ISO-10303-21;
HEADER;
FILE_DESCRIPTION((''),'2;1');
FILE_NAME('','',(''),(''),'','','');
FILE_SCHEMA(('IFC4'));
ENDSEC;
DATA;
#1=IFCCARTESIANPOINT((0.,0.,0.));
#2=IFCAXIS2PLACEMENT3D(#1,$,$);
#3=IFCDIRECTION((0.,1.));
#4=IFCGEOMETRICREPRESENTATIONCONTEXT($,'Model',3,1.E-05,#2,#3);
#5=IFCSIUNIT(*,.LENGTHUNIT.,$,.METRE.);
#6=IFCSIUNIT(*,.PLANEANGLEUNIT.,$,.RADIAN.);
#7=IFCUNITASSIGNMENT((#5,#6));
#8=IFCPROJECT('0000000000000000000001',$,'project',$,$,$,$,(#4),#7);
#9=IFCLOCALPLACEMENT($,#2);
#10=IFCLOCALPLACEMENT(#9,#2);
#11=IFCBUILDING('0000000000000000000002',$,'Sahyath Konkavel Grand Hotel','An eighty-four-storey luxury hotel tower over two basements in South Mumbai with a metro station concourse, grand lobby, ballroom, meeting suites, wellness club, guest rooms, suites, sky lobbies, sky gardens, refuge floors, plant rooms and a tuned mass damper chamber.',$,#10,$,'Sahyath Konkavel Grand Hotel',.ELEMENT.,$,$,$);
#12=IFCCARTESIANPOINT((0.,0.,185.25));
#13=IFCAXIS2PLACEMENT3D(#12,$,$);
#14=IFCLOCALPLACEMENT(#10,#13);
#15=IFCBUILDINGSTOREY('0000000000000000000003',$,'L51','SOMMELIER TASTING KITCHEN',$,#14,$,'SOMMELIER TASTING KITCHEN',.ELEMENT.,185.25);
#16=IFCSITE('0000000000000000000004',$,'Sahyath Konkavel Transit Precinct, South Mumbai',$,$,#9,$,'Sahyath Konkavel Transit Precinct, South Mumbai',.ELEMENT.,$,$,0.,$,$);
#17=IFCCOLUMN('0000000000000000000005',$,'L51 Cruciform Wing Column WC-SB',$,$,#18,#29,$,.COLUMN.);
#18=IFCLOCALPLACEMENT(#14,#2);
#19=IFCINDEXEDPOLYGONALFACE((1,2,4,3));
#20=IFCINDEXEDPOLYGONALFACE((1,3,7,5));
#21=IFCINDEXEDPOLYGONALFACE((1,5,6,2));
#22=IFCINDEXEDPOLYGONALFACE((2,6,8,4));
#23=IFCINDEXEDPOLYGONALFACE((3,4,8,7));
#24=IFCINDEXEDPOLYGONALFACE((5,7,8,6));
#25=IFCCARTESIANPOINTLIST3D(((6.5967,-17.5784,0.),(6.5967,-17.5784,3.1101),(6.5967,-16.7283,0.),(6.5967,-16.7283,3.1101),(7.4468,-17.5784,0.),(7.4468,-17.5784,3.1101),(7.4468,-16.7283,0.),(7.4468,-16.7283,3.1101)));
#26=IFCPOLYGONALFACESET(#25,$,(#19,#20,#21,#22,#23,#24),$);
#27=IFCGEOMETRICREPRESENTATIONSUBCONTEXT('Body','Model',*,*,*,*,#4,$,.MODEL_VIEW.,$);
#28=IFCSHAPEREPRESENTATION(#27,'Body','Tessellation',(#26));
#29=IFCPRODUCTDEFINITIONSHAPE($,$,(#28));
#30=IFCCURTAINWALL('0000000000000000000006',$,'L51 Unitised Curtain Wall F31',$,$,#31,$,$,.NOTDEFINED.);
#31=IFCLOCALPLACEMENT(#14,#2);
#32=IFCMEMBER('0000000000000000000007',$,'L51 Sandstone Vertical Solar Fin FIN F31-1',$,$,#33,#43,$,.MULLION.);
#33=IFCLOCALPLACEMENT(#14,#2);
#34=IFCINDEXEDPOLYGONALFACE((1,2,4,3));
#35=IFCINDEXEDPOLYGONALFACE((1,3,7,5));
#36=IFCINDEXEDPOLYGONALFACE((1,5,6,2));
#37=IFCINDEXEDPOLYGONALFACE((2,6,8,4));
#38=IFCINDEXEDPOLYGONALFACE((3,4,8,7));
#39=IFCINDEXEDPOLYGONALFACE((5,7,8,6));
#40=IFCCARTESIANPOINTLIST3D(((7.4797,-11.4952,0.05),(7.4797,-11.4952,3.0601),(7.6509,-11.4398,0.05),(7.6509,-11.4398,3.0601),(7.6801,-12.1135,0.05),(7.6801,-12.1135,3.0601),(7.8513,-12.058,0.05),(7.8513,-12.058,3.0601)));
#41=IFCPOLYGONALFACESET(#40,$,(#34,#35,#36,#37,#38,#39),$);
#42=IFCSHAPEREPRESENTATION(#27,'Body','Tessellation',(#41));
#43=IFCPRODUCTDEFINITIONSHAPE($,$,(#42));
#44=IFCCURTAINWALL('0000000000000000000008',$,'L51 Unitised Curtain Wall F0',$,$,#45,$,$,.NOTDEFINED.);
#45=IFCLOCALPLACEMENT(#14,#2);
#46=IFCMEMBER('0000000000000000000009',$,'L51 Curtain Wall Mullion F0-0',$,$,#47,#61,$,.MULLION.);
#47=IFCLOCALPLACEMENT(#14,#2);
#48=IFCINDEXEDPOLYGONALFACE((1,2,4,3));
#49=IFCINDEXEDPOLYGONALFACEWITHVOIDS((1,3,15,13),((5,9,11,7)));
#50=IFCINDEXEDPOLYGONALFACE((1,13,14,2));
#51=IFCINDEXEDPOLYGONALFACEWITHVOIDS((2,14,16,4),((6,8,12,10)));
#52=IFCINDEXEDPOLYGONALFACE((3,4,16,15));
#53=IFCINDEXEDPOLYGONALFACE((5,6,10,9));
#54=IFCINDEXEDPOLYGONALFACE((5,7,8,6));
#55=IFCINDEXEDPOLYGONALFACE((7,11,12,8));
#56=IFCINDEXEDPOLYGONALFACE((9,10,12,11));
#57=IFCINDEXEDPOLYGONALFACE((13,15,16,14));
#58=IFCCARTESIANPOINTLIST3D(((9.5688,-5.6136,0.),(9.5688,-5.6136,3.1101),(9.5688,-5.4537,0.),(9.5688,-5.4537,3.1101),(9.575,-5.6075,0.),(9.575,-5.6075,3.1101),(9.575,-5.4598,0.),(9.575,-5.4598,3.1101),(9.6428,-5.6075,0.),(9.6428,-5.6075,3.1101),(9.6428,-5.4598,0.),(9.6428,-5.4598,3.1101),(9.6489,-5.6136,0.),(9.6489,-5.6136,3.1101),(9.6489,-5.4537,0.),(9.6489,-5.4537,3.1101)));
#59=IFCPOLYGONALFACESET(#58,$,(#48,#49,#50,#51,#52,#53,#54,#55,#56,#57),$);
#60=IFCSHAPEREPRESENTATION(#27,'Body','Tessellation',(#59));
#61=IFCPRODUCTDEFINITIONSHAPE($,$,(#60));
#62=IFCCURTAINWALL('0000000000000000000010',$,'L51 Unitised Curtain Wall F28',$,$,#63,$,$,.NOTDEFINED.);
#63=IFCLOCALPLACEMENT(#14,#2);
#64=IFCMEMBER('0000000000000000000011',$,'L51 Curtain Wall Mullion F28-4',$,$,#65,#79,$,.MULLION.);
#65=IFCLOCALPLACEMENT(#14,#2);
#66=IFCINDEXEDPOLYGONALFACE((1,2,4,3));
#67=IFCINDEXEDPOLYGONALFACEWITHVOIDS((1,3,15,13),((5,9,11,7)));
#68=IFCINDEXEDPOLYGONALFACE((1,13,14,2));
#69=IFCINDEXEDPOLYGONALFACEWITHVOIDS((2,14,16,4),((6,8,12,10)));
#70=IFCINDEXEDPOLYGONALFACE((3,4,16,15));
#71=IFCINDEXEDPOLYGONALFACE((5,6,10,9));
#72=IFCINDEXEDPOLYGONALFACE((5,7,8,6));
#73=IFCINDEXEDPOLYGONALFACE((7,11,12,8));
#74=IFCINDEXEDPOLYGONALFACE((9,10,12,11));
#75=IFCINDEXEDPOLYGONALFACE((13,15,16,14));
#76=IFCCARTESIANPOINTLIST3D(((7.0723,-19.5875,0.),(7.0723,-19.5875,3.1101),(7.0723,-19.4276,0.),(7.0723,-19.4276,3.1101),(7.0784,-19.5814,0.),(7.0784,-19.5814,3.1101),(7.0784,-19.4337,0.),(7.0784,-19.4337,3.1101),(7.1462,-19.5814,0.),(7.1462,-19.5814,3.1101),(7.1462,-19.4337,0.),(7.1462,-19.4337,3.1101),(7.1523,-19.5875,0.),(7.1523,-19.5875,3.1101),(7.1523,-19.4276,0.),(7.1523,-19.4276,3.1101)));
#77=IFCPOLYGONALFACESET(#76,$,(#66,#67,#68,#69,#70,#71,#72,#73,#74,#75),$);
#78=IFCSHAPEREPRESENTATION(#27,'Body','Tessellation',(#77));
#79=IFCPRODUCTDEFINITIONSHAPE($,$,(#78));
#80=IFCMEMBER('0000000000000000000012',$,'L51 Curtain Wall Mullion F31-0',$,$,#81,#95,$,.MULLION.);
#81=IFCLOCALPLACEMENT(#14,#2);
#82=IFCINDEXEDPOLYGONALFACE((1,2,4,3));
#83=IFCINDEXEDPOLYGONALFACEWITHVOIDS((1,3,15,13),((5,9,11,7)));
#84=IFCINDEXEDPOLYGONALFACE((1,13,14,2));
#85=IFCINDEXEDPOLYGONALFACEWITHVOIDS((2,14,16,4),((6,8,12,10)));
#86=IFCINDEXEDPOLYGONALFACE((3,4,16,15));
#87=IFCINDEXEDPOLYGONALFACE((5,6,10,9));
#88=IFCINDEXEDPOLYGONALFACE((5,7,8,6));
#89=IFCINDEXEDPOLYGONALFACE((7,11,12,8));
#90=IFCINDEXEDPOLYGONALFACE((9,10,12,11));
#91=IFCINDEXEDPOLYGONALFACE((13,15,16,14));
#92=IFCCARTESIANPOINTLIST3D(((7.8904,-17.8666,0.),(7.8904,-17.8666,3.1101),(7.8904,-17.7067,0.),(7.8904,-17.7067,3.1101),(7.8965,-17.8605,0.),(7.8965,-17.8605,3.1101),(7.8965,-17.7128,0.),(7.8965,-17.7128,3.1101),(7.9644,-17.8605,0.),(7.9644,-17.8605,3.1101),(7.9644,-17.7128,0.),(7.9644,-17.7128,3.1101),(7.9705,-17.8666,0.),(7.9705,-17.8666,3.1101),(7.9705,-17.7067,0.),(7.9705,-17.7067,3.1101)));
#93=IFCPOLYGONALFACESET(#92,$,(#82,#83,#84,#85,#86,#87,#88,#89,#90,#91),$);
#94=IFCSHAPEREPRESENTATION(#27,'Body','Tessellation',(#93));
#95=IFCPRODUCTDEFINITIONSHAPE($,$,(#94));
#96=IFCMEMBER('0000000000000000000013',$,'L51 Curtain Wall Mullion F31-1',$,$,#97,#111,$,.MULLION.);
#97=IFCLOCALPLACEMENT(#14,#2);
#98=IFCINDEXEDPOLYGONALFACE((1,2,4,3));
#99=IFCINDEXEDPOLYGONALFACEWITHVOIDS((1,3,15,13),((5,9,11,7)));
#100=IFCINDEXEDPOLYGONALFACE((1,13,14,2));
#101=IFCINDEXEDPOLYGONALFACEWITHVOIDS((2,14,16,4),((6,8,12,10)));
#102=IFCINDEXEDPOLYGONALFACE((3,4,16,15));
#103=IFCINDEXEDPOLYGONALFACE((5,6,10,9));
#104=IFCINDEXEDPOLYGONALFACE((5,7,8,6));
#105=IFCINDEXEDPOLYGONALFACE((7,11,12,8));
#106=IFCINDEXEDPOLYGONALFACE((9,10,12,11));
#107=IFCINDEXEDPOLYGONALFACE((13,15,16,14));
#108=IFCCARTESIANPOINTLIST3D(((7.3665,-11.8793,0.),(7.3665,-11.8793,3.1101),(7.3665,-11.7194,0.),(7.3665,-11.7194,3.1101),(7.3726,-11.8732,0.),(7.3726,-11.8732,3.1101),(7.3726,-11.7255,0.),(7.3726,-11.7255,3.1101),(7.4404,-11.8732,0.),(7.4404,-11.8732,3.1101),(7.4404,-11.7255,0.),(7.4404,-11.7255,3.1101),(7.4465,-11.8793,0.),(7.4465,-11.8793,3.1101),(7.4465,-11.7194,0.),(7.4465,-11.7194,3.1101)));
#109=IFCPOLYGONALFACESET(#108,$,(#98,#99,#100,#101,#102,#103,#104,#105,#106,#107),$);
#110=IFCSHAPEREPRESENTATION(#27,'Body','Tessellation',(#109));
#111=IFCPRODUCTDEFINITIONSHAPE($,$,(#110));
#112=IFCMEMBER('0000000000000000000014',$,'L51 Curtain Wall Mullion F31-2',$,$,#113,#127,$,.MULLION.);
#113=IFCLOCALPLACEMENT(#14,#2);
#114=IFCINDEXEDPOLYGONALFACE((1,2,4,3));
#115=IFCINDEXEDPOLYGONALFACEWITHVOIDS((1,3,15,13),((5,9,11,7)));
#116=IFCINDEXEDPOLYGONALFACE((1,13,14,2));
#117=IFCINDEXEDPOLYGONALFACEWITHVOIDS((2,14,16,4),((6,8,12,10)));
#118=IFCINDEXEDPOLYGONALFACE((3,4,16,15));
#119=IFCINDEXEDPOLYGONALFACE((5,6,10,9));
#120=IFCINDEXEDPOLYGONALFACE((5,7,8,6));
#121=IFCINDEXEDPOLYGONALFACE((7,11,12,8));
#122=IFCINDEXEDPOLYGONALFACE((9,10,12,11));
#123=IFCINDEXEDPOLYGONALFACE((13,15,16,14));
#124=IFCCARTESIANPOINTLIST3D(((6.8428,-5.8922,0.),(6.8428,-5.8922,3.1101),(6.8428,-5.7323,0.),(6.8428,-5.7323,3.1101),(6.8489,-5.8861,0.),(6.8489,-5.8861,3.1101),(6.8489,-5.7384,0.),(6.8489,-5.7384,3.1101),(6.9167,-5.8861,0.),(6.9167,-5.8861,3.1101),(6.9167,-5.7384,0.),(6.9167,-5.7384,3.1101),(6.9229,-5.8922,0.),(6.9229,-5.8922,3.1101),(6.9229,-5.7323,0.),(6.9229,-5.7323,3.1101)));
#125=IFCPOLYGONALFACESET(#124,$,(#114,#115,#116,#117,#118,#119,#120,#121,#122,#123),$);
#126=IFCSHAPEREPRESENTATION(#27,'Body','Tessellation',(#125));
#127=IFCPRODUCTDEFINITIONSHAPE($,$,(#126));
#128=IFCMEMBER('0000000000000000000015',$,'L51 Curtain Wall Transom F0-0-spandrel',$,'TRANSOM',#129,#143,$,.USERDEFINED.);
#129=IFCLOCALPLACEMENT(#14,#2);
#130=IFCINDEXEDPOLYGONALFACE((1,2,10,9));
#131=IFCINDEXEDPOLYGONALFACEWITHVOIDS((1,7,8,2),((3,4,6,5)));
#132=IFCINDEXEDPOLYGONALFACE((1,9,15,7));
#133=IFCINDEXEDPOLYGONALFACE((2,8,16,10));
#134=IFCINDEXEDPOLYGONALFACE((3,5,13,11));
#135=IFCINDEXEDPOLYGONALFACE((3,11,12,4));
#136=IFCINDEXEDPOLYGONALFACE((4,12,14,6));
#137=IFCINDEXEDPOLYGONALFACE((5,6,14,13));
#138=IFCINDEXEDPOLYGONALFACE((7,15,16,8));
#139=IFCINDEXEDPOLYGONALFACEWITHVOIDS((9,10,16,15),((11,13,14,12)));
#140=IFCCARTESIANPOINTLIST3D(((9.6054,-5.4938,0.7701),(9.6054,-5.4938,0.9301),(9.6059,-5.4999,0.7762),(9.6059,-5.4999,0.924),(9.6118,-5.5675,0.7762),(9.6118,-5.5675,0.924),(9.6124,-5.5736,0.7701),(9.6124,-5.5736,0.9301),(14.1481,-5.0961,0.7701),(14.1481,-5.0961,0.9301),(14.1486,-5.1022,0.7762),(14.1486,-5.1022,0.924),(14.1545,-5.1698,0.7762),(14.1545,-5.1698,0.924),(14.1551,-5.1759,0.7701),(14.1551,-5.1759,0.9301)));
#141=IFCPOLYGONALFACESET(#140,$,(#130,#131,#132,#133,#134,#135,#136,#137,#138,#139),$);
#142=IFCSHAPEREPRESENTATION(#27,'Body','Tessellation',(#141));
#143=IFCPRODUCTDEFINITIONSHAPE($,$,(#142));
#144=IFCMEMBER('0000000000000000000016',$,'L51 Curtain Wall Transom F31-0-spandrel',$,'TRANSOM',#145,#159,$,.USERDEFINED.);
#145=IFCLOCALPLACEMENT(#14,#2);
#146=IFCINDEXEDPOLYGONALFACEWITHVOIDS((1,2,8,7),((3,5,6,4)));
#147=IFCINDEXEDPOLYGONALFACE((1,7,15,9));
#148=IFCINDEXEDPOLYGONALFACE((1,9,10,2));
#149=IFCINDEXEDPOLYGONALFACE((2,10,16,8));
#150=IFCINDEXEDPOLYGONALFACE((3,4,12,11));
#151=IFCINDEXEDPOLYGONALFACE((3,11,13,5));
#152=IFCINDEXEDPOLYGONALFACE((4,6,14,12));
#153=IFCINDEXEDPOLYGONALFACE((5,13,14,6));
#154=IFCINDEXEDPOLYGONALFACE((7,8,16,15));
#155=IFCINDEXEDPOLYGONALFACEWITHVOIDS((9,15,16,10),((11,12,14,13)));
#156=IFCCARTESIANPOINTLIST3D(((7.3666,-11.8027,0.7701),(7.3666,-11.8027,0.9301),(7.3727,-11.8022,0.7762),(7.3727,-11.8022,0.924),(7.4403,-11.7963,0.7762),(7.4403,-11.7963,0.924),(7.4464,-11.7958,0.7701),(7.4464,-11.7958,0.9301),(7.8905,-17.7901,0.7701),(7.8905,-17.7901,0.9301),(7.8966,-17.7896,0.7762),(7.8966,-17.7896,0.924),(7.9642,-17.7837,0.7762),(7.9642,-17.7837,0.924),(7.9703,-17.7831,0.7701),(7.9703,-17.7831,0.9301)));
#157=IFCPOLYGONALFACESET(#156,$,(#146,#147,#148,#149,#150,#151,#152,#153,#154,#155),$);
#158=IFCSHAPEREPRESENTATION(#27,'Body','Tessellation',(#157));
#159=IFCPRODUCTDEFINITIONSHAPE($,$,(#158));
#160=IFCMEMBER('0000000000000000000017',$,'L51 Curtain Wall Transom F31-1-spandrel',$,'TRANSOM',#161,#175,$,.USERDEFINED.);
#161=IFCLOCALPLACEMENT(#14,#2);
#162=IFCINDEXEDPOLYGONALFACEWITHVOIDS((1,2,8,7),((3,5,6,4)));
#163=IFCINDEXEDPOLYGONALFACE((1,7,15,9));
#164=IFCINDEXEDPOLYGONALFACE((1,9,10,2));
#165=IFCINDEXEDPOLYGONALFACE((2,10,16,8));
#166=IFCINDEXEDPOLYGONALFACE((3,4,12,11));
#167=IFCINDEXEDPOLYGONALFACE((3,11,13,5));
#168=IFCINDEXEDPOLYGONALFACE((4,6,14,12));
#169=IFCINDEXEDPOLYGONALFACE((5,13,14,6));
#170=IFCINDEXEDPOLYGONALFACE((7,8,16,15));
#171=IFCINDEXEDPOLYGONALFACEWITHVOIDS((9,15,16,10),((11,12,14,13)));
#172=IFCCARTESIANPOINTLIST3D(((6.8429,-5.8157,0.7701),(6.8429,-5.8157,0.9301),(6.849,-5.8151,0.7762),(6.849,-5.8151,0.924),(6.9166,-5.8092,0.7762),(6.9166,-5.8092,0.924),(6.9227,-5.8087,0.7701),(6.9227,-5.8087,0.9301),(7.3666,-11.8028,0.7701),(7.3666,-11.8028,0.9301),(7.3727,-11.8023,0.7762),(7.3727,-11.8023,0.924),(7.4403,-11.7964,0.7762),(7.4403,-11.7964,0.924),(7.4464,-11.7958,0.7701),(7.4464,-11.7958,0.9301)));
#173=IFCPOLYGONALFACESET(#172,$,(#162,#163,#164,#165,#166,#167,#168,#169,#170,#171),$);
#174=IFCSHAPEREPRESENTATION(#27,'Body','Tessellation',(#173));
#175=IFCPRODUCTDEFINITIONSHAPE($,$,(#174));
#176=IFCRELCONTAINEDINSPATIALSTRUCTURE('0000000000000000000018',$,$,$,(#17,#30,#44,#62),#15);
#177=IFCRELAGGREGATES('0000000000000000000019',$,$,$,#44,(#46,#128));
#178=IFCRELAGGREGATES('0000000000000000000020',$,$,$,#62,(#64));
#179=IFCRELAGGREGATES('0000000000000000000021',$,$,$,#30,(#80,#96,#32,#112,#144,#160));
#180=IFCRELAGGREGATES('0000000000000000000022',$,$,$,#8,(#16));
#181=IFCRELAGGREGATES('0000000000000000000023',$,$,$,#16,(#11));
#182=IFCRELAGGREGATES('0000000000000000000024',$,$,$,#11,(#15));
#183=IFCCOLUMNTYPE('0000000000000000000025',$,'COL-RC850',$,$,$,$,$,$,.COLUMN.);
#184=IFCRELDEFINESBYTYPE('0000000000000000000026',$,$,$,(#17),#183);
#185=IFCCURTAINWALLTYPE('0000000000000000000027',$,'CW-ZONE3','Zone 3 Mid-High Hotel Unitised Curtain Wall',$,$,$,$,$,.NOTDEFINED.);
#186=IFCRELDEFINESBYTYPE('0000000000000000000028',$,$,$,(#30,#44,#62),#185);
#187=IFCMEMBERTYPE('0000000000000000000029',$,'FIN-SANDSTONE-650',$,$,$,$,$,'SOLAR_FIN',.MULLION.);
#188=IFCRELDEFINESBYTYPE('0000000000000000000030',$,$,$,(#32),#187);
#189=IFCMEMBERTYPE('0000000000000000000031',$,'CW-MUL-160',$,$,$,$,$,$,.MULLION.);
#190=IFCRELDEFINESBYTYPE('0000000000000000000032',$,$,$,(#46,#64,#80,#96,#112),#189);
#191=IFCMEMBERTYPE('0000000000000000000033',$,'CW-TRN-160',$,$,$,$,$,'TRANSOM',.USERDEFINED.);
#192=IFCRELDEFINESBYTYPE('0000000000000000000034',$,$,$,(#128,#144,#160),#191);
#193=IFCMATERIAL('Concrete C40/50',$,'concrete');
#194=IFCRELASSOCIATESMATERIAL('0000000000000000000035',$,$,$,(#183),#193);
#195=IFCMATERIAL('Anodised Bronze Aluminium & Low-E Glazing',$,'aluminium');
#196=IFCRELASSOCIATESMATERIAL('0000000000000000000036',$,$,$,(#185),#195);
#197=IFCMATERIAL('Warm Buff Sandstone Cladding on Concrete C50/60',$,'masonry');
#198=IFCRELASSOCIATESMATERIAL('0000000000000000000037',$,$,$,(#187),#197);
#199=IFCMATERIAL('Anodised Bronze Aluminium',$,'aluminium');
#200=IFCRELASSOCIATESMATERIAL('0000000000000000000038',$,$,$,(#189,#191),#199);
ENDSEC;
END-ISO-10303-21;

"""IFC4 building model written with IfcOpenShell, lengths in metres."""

from ifc_helpers import new_model, si_unit, direction, frame, origin, origin_2d, place, context, subcontext, project, spatial, rectangle, hollow_rectangle, extrude, source, transform, mapped, material, material_profile, profile_set, type_object, element, aggregate, save


model = new_model("IFC4")

# Units and contexts
model_context = context("Model", 3, precision=1e-05, world=origin(), true_north=direction((0.0, 1.0)))
body_context = subcontext(model_context, "Body", "Model", "MODEL_VIEW")
ifc_project = project(units=[si_unit("LENGTHUNIT", "METRE"), si_unit("PLANEANGLEUNIT", "RADIAN")], contexts=[model_context])

# Site, building, storey
site_placement = place(None, origin())
site = spatial("IfcSite", under=ifc_project, at=site_placement, Name="Sahyath Konkavel Transit Precinct, South Mumbai", LongName="Sahyath Konkavel Transit Precinct, South Mumbai", CompositionType="ELEMENT", RefElevation=0.0)
building_placement = place(site_placement, origin())
building = spatial("IfcBuilding", under=site, at=building_placement, Name="Sahyath Konkavel Grand Hotel", Description="An eighty-four-storey luxury hotel tower over two basements in South Mumbai with a metro station concourse, grand lobby, ballroom, meeting suites, wellness club, guest rooms, suites, sky lobbies, sky gardens, refuge floors, plant rooms and a tuned mass damper chamber.", LongName="Sahyath Konkavel Grand Hotel", CompositionType="ELEMENT")
storey_placement = place(building_placement, frame((0.0, 0.0, 185.25)))
storey = spatial("IfcBuildingStorey", under=building, at=storey_placement, Name="L51", Description="SOMMELIER TASTING KITCHEN", LongName="SOMMELIER TASTING KITCHEN", CompositionType="ELEMENT", Elevation=185.25)

# Column
ifc_material_1 = material(Name="Concrete C40/50", Category="concrete")
ifc_material_profile_1 = material_profile(ifc_material_1, rectangle(XDim=0.8501, YDim=0.8501, at=origin_2d()), Name="RC 850x850")
ifc_profile_set_1 = profile_set([ifc_material_profile_1], Name="Concrete C40/50")
column_type = type_object("IfcColumnType", Name="COL-RC850", PredefinedType="COLUMN", material=ifc_profile_set_1)
shared_shape_1 = source(origin(), body_context, "Body", "SweptSolid", [
    extrude(rectangle(XDim=0.8501, YDim=0.8501, at=origin_2d()), origin(), (0.0, 0.0, 1.0), 3.1101),
])
column_placement = place(storey_placement, frame((7.0217, -17.1533, 0.0), z_axis=(0.0, 0.0, 1.0), x_axis=(1.0, 0.0, 0.0)))
element("IfcColumn", 1, at=column_placement, inside=storey, type_object=column_type, Name="L51 Cruciform Wing Column WC-SB", PredefinedType="COLUMN", context=body_context, shape_type="MappedRepresentation", body=[
    mapped(shared_shape_1, transform((0.0, 0.0, 0.0), scale=1.0)),
])

# Curtain walls, members
ifc_material_2 = material(Name="Anodised Bronze Aluminium & Low-E Glazing", Category="aluminium")
curtain_wall_type = type_object("IfcCurtainWallType", Name="CW-ZONE3", Description="Zone 3 Mid-High Hotel Unitised Curtain Wall", PredefinedType="NOTDEFINED", material=ifc_material_2)
curtain_wall_1_placement = place(storey_placement, origin())
curtain_wall_1 = element("IfcCurtainWall", 2, at=curtain_wall_1_placement, inside=storey, type_object=curtain_wall_type, Name="L51 Unitised Curtain Wall F31", PredefinedType="NOTDEFINED")
ifc_material_3 = material(Name="Warm Buff Sandstone Cladding on Concrete C50/60", Category="masonry")
ifc_material_profile_2 = material_profile(ifc_material_3, rectangle(XDim=0.1799, YDim=0.6499, at=origin_2d()), Name="FIN 180x650")
ifc_profile_set_2 = profile_set([ifc_material_profile_2], Name="Warm Buff Sandstone Cladding on Concrete C50/60")
member_type_1 = type_object("IfcMemberType", Name="FIN-SANDSTONE-650", ElementType="SOLAR_FIN", PredefinedType="MULLION", material=ifc_profile_set_2)
shared_shape_2 = source(origin(), body_context, "Body", "SweptSolid", [
    extrude(rectangle(XDim=0.1799, YDim=0.6499, at=origin_2d()), origin(), (0.0, 0.0, 1.0), 3.01),
])
member_1_placement = place(storey_placement, frame((7.6655, -11.7766, 0.05), z_axis=(0.0, 0.0, 1.0), x_axis=(0.951272, 0.308353, 0.0)))
member_1 = element("IfcMember", 3, at=member_1_placement, type_object=member_type_1, Name="L51 Sandstone Vertical Solar Fin FIN F31-1", PredefinedType="MULLION", context=body_context, shape_type="MappedRepresentation", body=[
    mapped(shared_shape_2, transform((0.0, 0.0, 0.0), scale=1.0)),
])
curtain_wall_2_placement = place(storey_placement, origin())
curtain_wall_2 = element("IfcCurtainWall", 4, at=curtain_wall_2_placement, inside=storey, type_object=curtain_wall_type, Name="L51 Unitised Curtain Wall F0", PredefinedType="NOTDEFINED")
ifc_material_4 = material(Name="Anodised Bronze Aluminium", Category="aluminium")
ifc_material_profile_3 = material_profile(ifc_material_4, hollow_rectangle(XDim=0.0801, YDim=0.1599, WallThickness=0.0061, at=origin_2d()), Name="RHS 160x80x6")
ifc_profile_set_3 = profile_set([ifc_material_profile_3], Name="Anodised Bronze Aluminium")
member_type_2 = type_object("IfcMemberType", Name="CW-MUL-160", PredefinedType="MULLION", material=ifc_profile_set_3)
shared_shape_3 = source(origin(), body_context, "Body", "SweptSolid", [
    extrude(hollow_rectangle(XDim=0.0801, YDim=0.1599, WallThickness=0.0061, at=origin_2d()), origin(), (0.0, 0.0, 1.0), 3.1101),
])
member_2_placement = place(storey_placement, frame((9.6089, -5.5337, 0.0), z_axis=(0.0, 0.0, 1.0), x_axis=(1.0, 0.0, 0.0)))
member_2 = element("IfcMember", 5, at=member_2_placement, type_object=member_type_2, Name="L51 Curtain Wall Mullion F0-0", PredefinedType="MULLION", context=body_context, shape_type="MappedRepresentation", body=[
    mapped(shared_shape_3, transform((0.0, 0.0, 0.0), scale=1.0)),
])
curtain_wall_3_placement = place(storey_placement, origin())
curtain_wall_3 = element("IfcCurtainWall", 6, at=curtain_wall_3_placement, inside=storey, type_object=curtain_wall_type, Name="L51 Unitised Curtain Wall F28", PredefinedType="NOTDEFINED")
member_3_placement = place(storey_placement, frame((7.1123, -19.5076, 0.0), z_axis=(0.0, 0.0, 1.0), x_axis=(1.0, 0.0, 0.0)))
member_3 = element("IfcMember", 7, at=member_3_placement, type_object=member_type_2, Name="L51 Curtain Wall Mullion F28-4", PredefinedType="MULLION", context=body_context, shape_type="MappedRepresentation", body=[
    mapped(shared_shape_3, transform((0.0, 0.0, 0.0), scale=1.0)),
])

# Members
member_4_placement = place(storey_placement, frame((7.9304, -17.7866, 0.0), z_axis=(0.0, 0.0, 1.0), x_axis=(1.0, 0.0, 0.0)))
member_4 = element("IfcMember", 8, at=member_4_placement, type_object=member_type_2, Name="L51 Curtain Wall Mullion F31-0", PredefinedType="MULLION", context=body_context, shape_type="MappedRepresentation", body=[
    mapped(shared_shape_3, transform((0.0, 0.0, 0.0), scale=1.0)),
])
member_5_placement = place(storey_placement, frame((7.4065, -11.7993, 0.0), z_axis=(0.0, 0.0, 1.0), x_axis=(1.0, 0.0, 0.0)))
member_5 = element("IfcMember", 9, at=member_5_placement, type_object=member_type_2, Name="L51 Curtain Wall Mullion F31-1", PredefinedType="MULLION", context=body_context, shape_type="MappedRepresentation", body=[
    mapped(shared_shape_3, transform((0.0, 0.0, 0.0), scale=1.0)),
])
member_6_placement = place(storey_placement, frame((6.8828, -5.8123, 0.0), z_axis=(0.0, 0.0, 1.0), x_axis=(1.0, 0.0, 0.0)))
member_6 = element("IfcMember", 10, at=member_6_placement, type_object=member_type_2, Name="L51 Curtain Wall Mullion F31-2", PredefinedType="MULLION", context=body_context, shape_type="MappedRepresentation", body=[
    mapped(shared_shape_3, transform((0.0, 0.0, 0.0), scale=1.0)),
])
ifc_material_profile_4 = material_profile(ifc_material_4, hollow_rectangle(XDim=0.0801, YDim=0.1599, WallThickness=0.0061, at=origin_2d()), Name="RHS 160x80x6")
ifc_profile_set_4 = profile_set([ifc_material_profile_4], Name="Anodised Bronze Aluminium")
member_type_3 = type_object("IfcMemberType", Name="CW-TRN-160", ElementType="TRANSOM", PredefinedType="USERDEFINED", material=ifc_profile_set_4)
shared_shape_4 = source(origin(), body_context, "Body", "SweptSolid", [
    extrude(hollow_rectangle(XDim=0.0801, YDim=0.1599, WallThickness=0.0061, at=origin_2d()), origin(), (0.0, 0.0, 1.0), 4.5601),
])
member_7_placement = place(storey_placement, frame((9.6089, -5.5337, 0.8501), z_axis=(0.99619, 0.087214, 0.0), x_axis=(-0.087214, 0.99619, 0.0)))
member_7 = element("IfcMember", 11, at=member_7_placement, type_object=member_type_3, Name="L51 Curtain Wall Transom F0-0-spandrel", ObjectType="TRANSOM", PredefinedType="USERDEFINED", context=body_context, shape_type="MappedRepresentation", body=[
    mapped(shared_shape_4, transform((0.0, 0.0, 0.0), scale=1.0)),
])
aggregate(curtain_wall_2, [member_2, member_7])
shared_shape_5 = source(origin(), body_context, "Body", "SweptSolid", [
    extrude(hollow_rectangle(XDim=0.0801, YDim=0.1599, WallThickness=0.0061, at=origin_2d()), origin(), (0.0, 0.0, 1.0), 6.0103),
])
member_8_placement = place(storey_placement, frame((7.9304, -17.7866, 0.8501), z_axis=(-0.087173, 0.996193, 0.0), x_axis=(-0.996193, -0.087173, 0.0)))
member_8 = element("IfcMember", 12, at=member_8_placement, type_object=member_type_3, Name="L51 Curtain Wall Transom F31-0-spandrel", ObjectType="TRANSOM", PredefinedType="USERDEFINED", context=body_context, shape_type="MappedRepresentation", body=[
    mapped(shared_shape_5, transform((0.0, 0.0, 0.0), scale=1.0)),
])
shared_shape_6 = source(origin(), body_context, "Body", "SweptSolid", [
    extrude(hollow_rectangle(XDim=0.0801, YDim=0.1599, WallThickness=0.0061, at=origin_2d()), origin(), (0.0, 0.0, 1.0), 6.01),
])
member_9_placement = place(storey_placement, frame((7.4065, -11.7993, 0.8501), z_axis=(-0.087136, 0.996196, 0.0), x_axis=(-0.996196, -0.087136, 0.0)))
member_9 = element("IfcMember", 13, at=member_9_placement, type_object=member_type_3, Name="L51 Curtain Wall Transom F31-1-spandrel", ObjectType="TRANSOM", PredefinedType="USERDEFINED", context=body_context, shape_type="MappedRepresentation", body=[
    mapped(shared_shape_6, transform((0.0, 0.0, 0.0), scale=1.0)),
])

aggregate(curtain_wall_3, [member_3])
aggregate(curtain_wall_1, [member_4, member_5, member_1, member_6, member_8, member_9])

save(model, "model.ifc")
